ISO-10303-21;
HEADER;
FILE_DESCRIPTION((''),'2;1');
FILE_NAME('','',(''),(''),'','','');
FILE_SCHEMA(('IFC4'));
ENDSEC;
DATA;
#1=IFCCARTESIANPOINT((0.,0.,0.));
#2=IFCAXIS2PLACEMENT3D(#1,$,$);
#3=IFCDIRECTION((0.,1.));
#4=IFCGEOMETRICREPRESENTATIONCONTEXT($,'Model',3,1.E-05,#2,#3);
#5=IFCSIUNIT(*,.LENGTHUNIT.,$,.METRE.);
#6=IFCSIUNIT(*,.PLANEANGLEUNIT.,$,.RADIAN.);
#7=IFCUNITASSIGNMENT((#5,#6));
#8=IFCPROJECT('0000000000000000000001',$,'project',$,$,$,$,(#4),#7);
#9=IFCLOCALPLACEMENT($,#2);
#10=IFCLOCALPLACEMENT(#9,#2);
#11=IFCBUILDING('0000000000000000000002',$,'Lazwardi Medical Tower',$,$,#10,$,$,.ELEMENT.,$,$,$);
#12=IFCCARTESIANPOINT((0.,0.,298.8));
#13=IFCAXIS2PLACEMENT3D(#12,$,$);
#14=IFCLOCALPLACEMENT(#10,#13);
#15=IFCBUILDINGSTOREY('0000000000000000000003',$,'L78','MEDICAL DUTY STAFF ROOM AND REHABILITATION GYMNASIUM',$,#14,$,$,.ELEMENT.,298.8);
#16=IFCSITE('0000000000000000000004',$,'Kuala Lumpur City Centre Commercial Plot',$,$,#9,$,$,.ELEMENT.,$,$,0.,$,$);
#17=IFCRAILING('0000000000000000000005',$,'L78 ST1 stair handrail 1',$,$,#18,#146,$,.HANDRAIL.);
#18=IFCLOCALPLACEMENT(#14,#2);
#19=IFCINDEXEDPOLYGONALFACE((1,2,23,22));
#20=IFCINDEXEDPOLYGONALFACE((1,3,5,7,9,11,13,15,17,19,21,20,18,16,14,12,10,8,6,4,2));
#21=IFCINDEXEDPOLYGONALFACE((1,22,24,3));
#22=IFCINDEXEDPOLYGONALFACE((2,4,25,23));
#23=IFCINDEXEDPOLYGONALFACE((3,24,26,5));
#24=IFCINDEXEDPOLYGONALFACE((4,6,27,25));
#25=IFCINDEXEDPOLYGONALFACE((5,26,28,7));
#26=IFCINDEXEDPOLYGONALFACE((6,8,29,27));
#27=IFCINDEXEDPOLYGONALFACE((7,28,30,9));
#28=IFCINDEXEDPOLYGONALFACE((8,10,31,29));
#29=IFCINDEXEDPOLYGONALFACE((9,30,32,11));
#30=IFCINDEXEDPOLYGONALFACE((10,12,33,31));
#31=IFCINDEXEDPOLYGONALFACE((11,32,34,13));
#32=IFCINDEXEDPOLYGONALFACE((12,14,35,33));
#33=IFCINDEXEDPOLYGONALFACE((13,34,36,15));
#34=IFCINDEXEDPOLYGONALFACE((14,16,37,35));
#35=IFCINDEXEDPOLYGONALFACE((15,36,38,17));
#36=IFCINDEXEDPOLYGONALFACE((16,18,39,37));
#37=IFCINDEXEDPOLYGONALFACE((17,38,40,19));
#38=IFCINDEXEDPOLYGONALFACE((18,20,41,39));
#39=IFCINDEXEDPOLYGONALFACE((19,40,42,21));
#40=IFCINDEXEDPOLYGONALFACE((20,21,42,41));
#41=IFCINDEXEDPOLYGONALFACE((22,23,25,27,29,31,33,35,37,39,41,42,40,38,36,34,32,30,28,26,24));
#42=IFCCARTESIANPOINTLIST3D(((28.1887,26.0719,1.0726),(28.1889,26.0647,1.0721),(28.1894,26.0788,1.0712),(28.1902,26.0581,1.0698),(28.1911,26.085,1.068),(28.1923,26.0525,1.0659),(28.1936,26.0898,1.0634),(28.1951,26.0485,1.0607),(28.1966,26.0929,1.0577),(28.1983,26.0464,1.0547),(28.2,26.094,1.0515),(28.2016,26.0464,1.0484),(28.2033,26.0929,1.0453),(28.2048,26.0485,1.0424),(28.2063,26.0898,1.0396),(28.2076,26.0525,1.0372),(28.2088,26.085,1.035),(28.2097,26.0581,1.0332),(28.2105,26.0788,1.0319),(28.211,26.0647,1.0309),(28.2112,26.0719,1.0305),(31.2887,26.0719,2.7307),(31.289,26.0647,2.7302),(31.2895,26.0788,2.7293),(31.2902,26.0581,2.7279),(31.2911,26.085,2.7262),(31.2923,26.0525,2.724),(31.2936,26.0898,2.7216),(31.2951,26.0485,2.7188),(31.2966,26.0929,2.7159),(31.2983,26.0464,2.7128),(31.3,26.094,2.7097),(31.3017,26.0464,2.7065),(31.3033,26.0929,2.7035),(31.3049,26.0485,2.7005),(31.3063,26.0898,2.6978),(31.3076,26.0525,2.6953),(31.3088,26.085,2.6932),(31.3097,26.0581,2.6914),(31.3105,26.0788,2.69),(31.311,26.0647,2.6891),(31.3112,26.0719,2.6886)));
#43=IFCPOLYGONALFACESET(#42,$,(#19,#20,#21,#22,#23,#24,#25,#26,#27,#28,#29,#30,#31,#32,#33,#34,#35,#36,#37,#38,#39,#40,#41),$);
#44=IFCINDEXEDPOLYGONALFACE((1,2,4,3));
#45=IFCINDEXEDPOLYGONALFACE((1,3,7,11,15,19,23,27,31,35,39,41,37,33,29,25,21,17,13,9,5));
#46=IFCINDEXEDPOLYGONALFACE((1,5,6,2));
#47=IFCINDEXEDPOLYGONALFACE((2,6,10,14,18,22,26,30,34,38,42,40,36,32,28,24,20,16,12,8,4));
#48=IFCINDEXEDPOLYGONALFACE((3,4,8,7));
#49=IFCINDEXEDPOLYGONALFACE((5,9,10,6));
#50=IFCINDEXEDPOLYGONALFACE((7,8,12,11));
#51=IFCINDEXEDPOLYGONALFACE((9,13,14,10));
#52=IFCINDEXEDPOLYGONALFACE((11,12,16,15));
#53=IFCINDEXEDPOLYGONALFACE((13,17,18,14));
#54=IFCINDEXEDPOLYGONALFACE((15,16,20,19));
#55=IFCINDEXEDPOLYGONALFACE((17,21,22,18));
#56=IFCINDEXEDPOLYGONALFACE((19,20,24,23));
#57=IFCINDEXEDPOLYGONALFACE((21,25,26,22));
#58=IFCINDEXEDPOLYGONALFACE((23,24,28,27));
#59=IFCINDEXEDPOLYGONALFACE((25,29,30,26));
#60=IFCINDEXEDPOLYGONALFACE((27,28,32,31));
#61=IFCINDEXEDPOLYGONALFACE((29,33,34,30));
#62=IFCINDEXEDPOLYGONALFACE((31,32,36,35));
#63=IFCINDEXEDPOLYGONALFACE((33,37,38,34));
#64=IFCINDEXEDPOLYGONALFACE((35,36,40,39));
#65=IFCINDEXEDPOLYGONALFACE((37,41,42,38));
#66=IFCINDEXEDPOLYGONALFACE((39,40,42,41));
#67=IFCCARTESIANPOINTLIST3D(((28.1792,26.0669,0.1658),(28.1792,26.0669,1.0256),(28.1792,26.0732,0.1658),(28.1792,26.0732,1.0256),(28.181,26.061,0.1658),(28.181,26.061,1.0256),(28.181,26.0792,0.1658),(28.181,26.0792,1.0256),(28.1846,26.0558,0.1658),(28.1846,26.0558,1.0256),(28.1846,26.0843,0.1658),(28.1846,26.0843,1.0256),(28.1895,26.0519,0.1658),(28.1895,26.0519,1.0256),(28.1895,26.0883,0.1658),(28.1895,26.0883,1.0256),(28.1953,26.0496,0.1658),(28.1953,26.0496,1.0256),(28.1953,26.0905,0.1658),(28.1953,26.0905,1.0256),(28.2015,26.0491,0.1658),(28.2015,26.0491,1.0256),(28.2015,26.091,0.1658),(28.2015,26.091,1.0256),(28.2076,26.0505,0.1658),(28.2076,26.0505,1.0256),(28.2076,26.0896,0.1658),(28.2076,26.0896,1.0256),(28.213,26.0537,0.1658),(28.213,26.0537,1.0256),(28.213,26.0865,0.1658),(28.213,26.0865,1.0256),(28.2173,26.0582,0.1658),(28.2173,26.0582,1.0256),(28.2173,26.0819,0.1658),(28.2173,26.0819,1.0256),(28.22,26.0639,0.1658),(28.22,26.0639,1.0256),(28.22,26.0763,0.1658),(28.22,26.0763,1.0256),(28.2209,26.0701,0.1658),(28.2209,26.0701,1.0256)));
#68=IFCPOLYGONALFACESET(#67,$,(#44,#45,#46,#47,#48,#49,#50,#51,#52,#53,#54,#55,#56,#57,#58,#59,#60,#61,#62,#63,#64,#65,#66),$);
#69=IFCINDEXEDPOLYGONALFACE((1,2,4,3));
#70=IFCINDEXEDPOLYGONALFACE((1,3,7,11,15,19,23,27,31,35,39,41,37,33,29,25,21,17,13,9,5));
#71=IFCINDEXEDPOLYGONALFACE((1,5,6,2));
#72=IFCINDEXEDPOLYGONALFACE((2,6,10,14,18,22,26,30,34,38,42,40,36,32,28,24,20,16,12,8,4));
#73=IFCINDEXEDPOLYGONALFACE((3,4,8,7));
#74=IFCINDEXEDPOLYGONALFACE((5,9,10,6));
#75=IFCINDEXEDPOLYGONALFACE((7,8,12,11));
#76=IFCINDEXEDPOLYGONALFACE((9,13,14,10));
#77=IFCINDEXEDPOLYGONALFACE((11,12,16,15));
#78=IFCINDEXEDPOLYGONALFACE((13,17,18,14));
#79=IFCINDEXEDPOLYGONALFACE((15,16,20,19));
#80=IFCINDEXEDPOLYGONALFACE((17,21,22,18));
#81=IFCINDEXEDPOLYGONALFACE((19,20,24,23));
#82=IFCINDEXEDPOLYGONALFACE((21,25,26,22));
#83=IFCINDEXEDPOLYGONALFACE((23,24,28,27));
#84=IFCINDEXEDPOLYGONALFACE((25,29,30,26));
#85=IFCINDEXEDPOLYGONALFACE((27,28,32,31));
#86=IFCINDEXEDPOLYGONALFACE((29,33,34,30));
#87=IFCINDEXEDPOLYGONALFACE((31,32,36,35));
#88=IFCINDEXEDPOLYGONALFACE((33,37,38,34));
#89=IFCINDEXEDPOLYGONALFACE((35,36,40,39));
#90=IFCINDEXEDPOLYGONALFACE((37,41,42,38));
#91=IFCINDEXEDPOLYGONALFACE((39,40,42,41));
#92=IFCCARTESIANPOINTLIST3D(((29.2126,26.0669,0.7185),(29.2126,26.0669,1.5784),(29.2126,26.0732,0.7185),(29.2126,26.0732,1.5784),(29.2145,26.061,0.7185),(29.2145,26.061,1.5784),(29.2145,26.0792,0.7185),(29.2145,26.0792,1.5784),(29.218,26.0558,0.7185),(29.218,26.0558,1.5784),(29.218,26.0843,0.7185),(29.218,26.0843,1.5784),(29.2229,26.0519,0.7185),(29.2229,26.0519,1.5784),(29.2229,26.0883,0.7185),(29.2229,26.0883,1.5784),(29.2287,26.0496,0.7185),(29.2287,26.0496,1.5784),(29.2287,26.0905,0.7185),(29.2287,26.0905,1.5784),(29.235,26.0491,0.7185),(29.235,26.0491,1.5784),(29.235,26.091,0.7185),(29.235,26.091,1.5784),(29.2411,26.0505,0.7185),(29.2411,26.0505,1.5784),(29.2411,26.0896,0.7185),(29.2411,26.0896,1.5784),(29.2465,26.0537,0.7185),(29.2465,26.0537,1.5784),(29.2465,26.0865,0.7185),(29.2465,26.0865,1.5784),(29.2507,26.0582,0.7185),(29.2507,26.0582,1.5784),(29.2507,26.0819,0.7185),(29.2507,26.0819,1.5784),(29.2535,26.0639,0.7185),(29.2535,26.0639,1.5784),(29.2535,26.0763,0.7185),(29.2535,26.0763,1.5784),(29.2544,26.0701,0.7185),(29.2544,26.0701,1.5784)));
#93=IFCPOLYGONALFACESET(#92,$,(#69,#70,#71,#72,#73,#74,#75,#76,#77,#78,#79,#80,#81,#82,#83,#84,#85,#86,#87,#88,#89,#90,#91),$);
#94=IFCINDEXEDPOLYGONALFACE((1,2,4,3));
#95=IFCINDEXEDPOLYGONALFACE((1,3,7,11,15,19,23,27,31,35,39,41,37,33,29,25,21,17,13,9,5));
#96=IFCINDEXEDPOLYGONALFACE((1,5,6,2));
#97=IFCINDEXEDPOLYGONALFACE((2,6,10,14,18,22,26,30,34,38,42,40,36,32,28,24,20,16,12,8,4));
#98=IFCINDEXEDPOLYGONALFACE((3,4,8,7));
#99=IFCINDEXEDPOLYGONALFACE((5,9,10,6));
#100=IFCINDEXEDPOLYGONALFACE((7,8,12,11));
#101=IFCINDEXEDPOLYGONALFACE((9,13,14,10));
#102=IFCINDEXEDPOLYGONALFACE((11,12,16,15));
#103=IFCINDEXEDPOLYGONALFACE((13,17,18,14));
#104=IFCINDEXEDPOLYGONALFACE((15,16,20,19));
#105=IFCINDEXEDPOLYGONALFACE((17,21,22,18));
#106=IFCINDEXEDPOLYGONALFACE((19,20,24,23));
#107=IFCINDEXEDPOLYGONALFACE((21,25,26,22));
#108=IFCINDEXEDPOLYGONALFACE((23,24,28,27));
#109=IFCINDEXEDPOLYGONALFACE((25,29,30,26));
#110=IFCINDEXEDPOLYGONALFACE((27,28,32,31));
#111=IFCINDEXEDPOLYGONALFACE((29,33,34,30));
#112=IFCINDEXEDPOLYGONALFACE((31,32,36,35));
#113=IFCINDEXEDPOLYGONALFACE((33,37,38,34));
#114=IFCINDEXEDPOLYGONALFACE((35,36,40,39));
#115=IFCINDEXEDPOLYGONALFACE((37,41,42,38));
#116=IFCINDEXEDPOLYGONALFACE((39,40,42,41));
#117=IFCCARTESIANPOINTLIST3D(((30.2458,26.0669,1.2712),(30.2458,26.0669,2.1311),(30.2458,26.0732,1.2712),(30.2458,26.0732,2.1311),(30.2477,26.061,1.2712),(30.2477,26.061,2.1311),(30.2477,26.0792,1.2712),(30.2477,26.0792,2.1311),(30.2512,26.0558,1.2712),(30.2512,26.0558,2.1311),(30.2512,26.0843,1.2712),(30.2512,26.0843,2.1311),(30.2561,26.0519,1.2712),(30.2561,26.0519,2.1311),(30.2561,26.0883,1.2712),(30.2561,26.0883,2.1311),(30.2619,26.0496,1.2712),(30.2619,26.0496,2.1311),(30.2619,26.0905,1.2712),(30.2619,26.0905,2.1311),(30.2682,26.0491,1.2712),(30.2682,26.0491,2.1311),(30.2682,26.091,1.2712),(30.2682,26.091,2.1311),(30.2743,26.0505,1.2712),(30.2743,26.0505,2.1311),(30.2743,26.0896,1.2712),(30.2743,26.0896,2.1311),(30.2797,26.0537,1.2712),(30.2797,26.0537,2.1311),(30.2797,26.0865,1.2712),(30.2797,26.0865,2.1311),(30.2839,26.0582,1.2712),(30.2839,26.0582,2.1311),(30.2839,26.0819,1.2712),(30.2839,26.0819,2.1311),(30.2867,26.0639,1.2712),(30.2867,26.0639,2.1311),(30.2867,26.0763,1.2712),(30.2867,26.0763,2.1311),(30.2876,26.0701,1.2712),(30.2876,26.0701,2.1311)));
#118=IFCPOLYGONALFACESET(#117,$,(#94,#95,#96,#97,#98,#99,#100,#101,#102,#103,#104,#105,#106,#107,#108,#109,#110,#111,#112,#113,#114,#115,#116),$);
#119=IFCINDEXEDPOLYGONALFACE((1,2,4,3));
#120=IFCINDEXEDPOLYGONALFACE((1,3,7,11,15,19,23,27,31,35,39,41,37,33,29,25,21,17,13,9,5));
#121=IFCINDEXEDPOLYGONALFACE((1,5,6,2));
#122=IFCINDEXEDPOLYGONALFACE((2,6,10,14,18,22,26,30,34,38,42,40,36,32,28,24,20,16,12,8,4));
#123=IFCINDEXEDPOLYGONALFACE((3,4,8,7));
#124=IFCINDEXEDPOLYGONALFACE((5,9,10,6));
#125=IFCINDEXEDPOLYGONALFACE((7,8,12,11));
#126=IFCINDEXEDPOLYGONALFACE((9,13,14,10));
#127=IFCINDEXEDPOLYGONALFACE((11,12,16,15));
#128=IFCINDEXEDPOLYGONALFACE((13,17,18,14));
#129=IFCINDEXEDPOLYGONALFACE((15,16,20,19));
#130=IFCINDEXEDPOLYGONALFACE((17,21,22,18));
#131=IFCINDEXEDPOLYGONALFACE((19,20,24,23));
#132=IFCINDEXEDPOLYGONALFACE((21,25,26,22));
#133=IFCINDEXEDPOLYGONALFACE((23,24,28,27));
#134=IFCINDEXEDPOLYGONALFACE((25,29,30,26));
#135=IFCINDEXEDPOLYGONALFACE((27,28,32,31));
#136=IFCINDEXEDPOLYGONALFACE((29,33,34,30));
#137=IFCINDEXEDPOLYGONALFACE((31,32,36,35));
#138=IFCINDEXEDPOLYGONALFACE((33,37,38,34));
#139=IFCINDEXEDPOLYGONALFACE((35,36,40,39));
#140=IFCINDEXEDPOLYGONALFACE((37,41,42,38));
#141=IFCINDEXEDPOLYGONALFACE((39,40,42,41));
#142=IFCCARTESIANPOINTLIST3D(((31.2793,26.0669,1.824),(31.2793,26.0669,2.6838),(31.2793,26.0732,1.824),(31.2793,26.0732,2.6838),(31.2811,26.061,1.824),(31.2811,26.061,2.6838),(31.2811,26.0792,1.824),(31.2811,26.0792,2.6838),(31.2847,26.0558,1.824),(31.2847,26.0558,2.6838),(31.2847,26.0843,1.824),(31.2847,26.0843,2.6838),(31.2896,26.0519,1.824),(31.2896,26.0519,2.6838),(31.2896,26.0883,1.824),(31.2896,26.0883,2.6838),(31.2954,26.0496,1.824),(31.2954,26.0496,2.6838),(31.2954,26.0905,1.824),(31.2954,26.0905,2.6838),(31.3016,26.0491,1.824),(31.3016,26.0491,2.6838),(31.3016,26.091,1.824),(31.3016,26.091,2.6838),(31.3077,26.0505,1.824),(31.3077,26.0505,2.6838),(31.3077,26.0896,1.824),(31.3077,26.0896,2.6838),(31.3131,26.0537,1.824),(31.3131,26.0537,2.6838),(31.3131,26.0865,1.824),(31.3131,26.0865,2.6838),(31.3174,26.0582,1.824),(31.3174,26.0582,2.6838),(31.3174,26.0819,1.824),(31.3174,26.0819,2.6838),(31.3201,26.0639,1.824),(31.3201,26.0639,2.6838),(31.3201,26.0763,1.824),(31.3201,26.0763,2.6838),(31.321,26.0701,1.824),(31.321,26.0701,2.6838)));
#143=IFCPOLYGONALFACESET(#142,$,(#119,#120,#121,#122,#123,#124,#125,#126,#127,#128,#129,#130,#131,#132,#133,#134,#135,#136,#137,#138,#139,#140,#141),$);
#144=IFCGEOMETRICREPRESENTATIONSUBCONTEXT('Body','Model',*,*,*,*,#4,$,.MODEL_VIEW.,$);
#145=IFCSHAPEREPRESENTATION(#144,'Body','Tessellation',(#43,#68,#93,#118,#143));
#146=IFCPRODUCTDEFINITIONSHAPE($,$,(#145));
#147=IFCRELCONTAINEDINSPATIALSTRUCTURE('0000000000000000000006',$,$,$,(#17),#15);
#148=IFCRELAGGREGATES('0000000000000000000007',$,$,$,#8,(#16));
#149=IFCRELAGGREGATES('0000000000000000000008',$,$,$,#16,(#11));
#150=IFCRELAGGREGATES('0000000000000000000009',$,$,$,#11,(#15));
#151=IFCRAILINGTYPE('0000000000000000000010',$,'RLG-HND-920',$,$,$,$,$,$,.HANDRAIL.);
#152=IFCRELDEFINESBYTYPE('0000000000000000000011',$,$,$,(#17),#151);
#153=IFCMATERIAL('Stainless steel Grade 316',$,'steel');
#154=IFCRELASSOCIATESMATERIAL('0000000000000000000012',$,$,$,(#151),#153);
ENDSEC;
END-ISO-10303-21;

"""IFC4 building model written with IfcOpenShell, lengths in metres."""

from ifc_helpers import new_model, si_unit, direction, frame, origin, origin_2d, place, context, subcontext, project, spatial, circle, extrude, material, type_object, element, save


model = new_model("IFC4")

# Units and contexts
model_context = context("Model", 3, precision=1e-05, world=origin(), true_north=direction((0.0, 1.0)))
body_context = subcontext(model_context, "Body", "Model", "MODEL_VIEW")
ifc_project = project(units=[si_unit("LENGTHUNIT", "METRE"), si_unit("PLANEANGLEUNIT", "RADIAN")], contexts=[model_context])

# Site, building, storey
site_placement = place(None, origin())
site = spatial("IfcSite", under=ifc_project, at=site_placement, Name="Kuala Lumpur City Centre Commercial Plot", CompositionType="ELEMENT", RefElevation=0.0)
building_placement = place(site_placement, origin())
building = spatial("IfcBuilding", under=site, at=building_placement, Name="Lazwardi Medical Tower", CompositionType="ELEMENT")
storey_placement = place(building_placement, frame((0.0, 0.0, 298.8)))
storey = spatial("IfcBuildingStorey", under=building, at=storey_placement, Name="L78", Description="MEDICAL DUTY STAFF ROOM AND REHABILITATION GYMNASIUM", CompositionType="ELEMENT", Elevation=298.8)

# Railing
ifc_material_1 = material(Name="Stainless steel Grade 316", Category="steel")
railing_type_1 = type_object("IfcRailingType", Name="RLG-HND-920", PredefinedType="HANDRAIL", material=ifc_material_1)
railing_1_placement = place(storey_placement, frame((28.2, 26.0701, 0.1658)))
element("IfcRailing", 1, at=railing_1_placement, inside=storey, type_object=railing_type_1, Name="L78 ST1 stair handrail 1", PredefinedType="HANDRAIL", context=body_context, shape_type="SweptSolid", body=[
    extrude(circle(Radius=0.0239, at=origin_2d()), frame((0.0, 0.0, 0.8857), z_axis=(0.881783, 0.0, 0.471655), x_axis=(0.0, 1.0, 0.0)), (0.0, 0.0, 1.0), 3.5156),
    extrude(circle(Radius=0.021, at=origin_2d()), origin(), (0.0, 0.0, 1.0), 0.8599),
    extrude(circle(Radius=0.021, at=origin_2d()), frame((1.0334, 0.0, 0.5527)), (0.0, 0.0, 1.0), 0.8599),
    extrude(circle(Radius=0.021, at=origin_2d()), frame((2.0667, 0.0, 1.1055)), (0.0, 0.0, 1.0), 0.8599),
    extrude(circle(Radius=0.021, at=origin_2d()), frame((3.1001, 0.0, 1.6582)), (0.0, 0.0, 1.0), 0.8599),
])

save(model, "model.ifc")
